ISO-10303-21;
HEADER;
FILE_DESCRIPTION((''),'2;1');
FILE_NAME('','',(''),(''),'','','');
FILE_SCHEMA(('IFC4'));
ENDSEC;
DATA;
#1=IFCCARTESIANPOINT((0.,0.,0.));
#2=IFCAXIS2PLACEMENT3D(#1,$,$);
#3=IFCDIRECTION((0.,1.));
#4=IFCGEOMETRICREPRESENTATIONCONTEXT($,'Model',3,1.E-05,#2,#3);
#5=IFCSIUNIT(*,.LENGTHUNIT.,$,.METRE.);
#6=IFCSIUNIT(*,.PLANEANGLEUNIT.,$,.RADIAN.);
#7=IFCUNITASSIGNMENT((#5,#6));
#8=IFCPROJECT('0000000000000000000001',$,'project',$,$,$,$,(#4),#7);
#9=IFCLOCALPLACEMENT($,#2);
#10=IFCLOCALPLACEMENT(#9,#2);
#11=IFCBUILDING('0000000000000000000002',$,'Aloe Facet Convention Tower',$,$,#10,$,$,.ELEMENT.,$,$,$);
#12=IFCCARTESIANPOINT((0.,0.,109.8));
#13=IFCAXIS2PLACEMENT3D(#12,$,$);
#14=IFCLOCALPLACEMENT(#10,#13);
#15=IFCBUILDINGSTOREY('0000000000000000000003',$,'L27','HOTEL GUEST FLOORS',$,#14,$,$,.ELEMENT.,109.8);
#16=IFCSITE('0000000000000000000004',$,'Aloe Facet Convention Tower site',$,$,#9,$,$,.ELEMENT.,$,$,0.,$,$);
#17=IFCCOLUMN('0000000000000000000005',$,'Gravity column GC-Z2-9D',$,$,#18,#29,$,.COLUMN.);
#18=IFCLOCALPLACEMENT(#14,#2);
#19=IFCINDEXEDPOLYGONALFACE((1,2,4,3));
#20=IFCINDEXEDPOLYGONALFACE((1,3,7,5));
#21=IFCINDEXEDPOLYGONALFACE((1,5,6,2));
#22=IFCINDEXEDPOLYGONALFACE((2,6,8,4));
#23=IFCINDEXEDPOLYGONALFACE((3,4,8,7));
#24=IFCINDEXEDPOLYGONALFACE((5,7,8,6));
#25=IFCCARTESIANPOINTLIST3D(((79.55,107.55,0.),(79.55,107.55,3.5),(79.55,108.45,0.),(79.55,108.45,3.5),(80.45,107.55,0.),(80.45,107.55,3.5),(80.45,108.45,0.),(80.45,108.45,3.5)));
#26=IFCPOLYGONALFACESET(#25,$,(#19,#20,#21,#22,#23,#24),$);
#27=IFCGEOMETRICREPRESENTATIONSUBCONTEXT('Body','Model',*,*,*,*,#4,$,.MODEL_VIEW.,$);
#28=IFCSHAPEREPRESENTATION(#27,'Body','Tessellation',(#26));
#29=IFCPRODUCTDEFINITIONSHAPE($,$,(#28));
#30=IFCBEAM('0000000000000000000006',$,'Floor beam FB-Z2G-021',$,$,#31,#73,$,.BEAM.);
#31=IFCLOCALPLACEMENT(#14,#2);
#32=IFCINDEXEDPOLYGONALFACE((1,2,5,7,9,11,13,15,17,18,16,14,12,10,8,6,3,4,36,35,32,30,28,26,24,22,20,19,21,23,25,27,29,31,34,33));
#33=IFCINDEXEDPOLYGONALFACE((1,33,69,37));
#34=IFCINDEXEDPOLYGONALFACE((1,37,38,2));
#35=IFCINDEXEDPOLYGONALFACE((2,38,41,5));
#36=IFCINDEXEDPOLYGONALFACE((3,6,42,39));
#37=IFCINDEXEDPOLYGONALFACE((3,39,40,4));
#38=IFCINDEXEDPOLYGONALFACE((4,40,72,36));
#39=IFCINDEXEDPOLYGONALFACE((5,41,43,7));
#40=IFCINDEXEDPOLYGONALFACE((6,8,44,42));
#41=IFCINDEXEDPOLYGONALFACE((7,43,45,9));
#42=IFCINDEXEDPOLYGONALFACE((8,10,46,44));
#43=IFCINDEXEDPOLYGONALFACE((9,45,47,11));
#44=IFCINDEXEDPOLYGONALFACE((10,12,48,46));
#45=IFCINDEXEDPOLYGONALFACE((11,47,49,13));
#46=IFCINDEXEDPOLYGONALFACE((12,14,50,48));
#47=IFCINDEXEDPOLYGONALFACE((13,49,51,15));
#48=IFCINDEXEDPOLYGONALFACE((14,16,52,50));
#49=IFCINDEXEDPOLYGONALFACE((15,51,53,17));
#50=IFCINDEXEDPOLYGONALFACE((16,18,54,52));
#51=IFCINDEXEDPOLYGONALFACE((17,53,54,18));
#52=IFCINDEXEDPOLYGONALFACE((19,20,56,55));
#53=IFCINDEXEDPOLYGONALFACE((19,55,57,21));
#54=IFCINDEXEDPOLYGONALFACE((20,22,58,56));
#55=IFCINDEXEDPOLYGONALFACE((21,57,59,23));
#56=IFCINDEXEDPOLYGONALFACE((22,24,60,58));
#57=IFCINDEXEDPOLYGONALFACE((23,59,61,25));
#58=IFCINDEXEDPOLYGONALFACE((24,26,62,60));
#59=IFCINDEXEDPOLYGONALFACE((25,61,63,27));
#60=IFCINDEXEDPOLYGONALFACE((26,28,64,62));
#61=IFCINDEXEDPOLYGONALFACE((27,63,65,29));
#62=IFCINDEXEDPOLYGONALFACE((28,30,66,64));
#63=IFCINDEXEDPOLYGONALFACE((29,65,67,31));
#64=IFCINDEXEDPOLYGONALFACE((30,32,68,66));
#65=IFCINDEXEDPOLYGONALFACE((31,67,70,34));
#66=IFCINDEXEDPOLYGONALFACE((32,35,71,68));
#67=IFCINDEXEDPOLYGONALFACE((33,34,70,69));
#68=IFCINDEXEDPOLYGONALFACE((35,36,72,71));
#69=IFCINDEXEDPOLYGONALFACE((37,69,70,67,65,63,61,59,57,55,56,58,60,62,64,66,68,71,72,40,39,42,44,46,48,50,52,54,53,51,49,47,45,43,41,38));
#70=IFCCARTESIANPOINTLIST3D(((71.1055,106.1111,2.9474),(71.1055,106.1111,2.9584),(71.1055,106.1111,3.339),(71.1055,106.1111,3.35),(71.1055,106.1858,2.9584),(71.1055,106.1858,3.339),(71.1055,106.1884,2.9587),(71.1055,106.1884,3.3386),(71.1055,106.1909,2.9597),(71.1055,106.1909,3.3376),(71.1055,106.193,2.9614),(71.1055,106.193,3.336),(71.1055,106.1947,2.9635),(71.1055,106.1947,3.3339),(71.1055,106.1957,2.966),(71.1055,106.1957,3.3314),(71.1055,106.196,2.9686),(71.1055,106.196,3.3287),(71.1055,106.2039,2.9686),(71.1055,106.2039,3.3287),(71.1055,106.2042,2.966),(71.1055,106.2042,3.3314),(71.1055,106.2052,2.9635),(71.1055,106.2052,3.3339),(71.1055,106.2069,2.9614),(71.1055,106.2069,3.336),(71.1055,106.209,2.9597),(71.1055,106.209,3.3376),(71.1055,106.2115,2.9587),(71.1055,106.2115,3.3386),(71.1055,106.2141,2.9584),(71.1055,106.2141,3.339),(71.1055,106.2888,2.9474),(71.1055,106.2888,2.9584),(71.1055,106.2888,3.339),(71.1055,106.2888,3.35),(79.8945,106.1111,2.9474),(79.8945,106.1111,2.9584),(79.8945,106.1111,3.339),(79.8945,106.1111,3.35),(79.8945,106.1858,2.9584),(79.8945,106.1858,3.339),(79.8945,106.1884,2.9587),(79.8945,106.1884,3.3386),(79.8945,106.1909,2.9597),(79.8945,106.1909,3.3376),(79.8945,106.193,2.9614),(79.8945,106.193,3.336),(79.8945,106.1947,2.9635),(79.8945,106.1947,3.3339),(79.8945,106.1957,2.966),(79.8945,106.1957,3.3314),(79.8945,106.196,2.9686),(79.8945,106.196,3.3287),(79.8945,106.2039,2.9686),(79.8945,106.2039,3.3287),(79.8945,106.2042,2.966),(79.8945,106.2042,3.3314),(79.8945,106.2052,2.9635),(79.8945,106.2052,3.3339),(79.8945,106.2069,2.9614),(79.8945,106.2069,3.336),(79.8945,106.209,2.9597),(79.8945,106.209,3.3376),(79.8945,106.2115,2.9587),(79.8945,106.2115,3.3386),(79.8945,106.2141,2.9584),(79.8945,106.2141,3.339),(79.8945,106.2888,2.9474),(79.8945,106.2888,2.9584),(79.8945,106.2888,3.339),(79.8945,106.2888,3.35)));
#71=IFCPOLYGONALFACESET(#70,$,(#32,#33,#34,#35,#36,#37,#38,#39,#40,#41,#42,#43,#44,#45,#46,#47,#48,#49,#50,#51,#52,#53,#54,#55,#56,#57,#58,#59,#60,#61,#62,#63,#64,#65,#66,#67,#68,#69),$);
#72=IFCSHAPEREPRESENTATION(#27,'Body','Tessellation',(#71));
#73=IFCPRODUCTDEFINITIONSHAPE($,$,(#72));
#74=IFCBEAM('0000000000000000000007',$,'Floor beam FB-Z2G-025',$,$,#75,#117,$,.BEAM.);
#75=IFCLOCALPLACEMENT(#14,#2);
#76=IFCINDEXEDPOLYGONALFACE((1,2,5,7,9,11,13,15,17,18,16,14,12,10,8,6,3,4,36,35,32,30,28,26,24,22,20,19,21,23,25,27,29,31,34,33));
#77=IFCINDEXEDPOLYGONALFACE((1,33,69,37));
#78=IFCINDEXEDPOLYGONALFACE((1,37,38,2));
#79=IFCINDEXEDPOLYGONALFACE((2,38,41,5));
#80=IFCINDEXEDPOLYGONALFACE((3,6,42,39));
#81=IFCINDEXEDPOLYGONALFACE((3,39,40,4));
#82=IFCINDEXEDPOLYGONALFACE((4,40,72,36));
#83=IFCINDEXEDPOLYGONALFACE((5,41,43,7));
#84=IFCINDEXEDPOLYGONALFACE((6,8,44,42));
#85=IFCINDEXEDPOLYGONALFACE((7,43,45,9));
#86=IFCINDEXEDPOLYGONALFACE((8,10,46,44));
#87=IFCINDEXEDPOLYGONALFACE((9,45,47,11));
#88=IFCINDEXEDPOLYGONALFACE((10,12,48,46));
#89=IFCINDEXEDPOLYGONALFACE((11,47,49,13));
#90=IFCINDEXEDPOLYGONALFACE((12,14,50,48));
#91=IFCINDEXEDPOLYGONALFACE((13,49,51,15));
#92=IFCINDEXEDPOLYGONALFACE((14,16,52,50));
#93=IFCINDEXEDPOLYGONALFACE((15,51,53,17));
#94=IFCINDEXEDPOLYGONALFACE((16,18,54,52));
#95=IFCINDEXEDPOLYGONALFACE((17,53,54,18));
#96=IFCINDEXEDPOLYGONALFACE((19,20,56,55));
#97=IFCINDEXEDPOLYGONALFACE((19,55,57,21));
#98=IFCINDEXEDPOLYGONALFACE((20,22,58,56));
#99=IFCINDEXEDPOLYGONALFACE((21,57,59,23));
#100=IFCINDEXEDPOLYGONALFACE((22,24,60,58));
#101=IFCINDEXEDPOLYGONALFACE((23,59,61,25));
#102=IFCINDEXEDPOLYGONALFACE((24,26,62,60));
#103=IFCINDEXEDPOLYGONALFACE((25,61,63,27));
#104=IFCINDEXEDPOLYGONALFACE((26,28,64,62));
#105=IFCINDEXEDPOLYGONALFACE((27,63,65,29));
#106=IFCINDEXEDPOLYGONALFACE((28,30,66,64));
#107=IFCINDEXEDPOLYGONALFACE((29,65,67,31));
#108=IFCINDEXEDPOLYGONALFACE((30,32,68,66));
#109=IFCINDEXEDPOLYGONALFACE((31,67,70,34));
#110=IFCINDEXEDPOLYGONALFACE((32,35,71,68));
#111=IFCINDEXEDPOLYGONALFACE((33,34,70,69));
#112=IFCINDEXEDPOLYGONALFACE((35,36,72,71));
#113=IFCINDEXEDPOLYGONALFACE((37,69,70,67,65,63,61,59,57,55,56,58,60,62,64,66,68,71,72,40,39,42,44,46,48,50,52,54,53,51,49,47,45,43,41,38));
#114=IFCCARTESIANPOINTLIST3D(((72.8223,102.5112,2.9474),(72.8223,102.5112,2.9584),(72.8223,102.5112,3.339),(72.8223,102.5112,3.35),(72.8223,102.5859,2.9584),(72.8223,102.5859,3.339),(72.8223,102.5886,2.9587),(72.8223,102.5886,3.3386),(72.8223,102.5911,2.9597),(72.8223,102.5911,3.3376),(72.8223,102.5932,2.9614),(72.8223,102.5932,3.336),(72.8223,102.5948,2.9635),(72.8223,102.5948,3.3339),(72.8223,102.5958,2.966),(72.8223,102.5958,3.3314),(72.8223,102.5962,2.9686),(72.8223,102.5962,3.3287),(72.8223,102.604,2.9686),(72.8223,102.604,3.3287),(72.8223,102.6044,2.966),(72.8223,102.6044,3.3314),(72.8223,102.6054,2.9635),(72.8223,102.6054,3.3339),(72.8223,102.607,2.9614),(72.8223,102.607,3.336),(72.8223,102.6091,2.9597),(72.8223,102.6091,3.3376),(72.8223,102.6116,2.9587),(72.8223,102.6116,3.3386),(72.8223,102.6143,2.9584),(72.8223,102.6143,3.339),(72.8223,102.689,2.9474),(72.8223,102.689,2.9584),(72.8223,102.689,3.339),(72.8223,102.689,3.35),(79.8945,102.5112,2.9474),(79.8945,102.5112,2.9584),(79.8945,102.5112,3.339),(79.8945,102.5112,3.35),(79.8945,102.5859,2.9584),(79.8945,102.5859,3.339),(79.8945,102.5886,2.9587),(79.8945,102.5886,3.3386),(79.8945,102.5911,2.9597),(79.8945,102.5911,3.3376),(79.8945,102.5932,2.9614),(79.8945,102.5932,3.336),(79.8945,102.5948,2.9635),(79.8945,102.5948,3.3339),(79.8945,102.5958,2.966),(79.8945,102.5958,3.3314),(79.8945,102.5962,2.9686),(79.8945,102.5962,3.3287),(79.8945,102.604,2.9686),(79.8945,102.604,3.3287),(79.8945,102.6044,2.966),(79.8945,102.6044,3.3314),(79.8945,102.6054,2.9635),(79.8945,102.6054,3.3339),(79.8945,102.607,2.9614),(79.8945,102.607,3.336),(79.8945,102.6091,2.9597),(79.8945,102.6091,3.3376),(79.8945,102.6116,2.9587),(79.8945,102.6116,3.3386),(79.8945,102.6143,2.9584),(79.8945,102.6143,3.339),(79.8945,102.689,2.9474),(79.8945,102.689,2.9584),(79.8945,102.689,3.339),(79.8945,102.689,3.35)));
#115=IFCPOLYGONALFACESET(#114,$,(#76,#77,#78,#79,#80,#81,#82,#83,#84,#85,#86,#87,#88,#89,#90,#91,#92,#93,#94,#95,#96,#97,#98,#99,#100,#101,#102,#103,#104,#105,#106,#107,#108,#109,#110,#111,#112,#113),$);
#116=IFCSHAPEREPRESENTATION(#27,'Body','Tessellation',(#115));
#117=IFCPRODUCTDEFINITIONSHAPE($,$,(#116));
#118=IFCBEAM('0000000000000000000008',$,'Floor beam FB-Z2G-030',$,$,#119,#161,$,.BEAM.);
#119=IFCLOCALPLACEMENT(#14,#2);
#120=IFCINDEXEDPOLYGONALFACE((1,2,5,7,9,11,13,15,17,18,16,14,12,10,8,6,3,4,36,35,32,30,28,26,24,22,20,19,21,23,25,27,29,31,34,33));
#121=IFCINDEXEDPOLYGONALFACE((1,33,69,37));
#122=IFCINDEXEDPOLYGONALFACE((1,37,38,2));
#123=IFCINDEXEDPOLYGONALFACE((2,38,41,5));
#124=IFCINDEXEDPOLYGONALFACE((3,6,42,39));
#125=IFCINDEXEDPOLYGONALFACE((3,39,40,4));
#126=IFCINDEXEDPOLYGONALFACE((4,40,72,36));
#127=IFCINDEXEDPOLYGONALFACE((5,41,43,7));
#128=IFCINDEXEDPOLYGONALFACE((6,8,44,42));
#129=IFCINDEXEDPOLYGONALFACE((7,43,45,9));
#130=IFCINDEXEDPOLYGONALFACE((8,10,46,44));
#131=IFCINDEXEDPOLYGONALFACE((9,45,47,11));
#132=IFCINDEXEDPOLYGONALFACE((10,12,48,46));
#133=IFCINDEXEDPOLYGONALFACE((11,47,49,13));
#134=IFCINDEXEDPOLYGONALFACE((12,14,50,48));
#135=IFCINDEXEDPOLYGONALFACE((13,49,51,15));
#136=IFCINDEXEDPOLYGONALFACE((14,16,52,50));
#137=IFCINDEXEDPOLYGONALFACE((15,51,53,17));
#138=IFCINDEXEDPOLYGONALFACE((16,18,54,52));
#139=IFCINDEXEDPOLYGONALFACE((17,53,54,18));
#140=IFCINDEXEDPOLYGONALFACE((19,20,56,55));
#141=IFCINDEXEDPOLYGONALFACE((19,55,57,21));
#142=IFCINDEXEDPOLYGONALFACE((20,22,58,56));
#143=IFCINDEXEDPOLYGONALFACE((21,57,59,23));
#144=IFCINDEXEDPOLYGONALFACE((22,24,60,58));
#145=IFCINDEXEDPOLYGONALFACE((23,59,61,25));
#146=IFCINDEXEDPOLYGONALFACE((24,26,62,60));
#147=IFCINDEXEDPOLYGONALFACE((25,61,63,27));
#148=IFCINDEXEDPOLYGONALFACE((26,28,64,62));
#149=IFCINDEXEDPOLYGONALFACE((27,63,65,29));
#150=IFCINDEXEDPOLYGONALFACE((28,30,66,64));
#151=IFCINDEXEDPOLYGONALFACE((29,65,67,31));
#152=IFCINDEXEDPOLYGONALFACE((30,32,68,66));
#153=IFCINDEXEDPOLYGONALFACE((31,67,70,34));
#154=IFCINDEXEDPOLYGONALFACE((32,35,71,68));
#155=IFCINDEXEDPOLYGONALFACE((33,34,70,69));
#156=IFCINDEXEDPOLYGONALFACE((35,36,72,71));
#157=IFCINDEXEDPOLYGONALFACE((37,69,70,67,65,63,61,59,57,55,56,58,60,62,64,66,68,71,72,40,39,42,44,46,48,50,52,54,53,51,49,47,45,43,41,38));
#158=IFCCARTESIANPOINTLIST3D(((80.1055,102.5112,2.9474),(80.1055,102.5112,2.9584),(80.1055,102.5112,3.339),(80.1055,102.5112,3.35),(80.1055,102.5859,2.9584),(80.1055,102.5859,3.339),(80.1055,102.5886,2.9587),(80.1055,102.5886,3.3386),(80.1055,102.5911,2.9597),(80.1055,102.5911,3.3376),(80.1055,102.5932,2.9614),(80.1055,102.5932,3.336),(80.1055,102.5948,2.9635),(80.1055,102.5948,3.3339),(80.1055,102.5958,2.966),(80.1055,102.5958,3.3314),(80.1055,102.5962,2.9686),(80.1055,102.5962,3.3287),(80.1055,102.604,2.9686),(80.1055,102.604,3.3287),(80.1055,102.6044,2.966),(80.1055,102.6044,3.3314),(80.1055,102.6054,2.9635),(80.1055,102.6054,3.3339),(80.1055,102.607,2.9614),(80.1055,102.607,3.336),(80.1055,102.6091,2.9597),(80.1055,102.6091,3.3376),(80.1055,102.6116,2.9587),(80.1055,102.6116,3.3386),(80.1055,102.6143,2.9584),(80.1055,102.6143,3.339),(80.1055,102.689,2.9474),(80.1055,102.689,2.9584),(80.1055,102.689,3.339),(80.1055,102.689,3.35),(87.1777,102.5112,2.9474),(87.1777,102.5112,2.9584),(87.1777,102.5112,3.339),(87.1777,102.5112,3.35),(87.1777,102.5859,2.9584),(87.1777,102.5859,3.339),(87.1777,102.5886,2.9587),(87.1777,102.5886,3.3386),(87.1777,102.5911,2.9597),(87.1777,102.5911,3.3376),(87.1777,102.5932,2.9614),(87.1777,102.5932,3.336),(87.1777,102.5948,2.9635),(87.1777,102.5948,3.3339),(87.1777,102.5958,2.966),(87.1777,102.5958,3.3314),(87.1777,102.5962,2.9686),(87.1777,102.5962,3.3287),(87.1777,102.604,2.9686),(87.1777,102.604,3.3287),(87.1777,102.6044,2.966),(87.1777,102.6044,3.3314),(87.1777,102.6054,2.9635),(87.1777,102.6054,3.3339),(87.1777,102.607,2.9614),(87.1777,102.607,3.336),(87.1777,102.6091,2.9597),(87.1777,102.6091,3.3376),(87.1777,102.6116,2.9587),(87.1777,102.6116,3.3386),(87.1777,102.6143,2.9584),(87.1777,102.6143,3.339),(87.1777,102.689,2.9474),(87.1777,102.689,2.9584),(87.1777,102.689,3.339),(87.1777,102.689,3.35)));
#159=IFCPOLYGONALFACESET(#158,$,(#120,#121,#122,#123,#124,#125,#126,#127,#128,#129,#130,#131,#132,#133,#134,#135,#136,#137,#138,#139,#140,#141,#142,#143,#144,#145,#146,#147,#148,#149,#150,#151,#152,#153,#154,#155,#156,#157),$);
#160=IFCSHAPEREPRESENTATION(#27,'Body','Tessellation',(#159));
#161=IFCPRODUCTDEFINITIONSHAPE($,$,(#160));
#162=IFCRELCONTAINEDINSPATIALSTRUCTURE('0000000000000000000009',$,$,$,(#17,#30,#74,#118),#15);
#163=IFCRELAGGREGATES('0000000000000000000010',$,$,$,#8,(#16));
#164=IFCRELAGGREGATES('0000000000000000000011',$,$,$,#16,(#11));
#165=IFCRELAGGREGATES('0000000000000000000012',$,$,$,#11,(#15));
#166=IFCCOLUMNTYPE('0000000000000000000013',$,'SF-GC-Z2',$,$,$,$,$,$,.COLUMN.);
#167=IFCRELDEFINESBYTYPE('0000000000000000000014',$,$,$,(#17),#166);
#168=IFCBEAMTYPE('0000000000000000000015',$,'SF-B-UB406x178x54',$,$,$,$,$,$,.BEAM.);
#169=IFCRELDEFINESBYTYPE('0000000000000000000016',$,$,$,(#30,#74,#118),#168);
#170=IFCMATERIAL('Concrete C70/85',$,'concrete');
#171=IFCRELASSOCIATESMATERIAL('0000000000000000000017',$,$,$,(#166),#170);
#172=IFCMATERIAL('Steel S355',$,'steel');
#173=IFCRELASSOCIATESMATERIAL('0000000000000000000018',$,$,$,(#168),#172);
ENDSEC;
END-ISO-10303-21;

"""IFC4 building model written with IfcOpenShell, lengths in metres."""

from ifc_helpers import new_model, si_unit, direction, frame, origin, origin_2d, place, context, subcontext, project, spatial, rectangle, i_section, extrude, material, material_profile, profile_set, type_object, element, save


model = new_model("IFC4")

# Units and contexts
model_context = context("Model", 3, precision=1e-05, world=origin(), true_north=direction((0.0, 1.0)))
body_context = subcontext(model_context, "Body", "Model", "MODEL_VIEW")
ifc_project = project(units=[si_unit("LENGTHUNIT", "METRE"), si_unit("PLANEANGLEUNIT", "RADIAN")], contexts=[model_context])

# Site, building, storey
site_placement = place(None, origin())
site = spatial("IfcSite", under=ifc_project, at=site_placement, Name="Aloe Facet Convention Tower site", CompositionType="ELEMENT", RefElevation=0.0)
building_placement = place(site_placement, origin())
building = spatial("IfcBuilding", under=site, at=building_placement, Name="Aloe Facet Convention Tower", CompositionType="ELEMENT")
storey_placement = place(building_placement, frame((0.0, 0.0, 109.8)))
storey = spatial("IfcBuildingStorey", under=building, at=storey_placement, Name="L27", Description="HOTEL GUEST FLOORS", CompositionType="ELEMENT", Elevation=109.8)

# Column
ifc_material_1 = material(Name="Concrete C70/85", Category="concrete")
ifc_material_profile_1 = material_profile(ifc_material_1, rectangle(XDim=0.8999, YDim=0.8999, at=origin_2d()), Name="SF-GC-Z2")
ifc_profile_set_1 = profile_set([ifc_material_profile_1], Name="Concrete C70/85")
column_type = type_object("IfcColumnType", Name="SF-GC-Z2", PredefinedType="COLUMN", material=ifc_profile_set_1)
column_placement = place(storey_placement, frame((80.0, 108.0, 0.0), z_axis=(0.0, 0.0, 1.0), x_axis=(1.0, 0.0, 0.0)))
element("IfcColumn", 1, at=column_placement, inside=storey, type_object=column_type, Name="Gravity column GC-Z2-9D", PredefinedType="COLUMN", context=body_context, shape_type="SweptSolid", body=[
    extrude(rectangle(XDim=0.8999, YDim=0.8999, at=origin_2d()), origin(), (0.0, 0.0, 1.0), 3.5),
])

# Beams
ifc_material_2 = material(Name="Steel S355", Category="steel")
ifc_material_profile_2 = material_profile(ifc_material_2, i_section(OverallWidth=0.1777, OverallDepth=0.4026, WebThickness=0.0078, FlangeThickness=0.011, FilletRadius=0.0103, at=origin_2d()), Name="UB 406x178x54")
ifc_profile_set_2 = profile_set([ifc_material_profile_2], Name="Steel S355")
beam_type_1 = type_object("IfcBeamType", Name="SF-B-UB406x178x54", PredefinedType="BEAM", material=ifc_profile_set_2)
beam_1_placement = place(storey_placement, frame((71.1055, 106.2, 3.1487), z_axis=(1.0, 0.0, 0.0), x_axis=(0.0, 1.0, 0.0)))
element("IfcBeam", 2, at=beam_1_placement, inside=storey, type_object=beam_type_1, Name="Floor beam FB-Z2G-021", PredefinedType="BEAM", context=body_context, shape_type="SweptSolid", body=[
    extrude(i_section(OverallWidth=0.1777, OverallDepth=0.4026, WebThickness=0.0078, FlangeThickness=0.011, FilletRadius=0.0103, at=origin_2d()), origin(), (0.0, 0.0, 1.0), 8.7891),
])
for number, where, z_axis, x_axis, name in (
    (3, (72.8223, 102.6001, 3.1487), (1.0, 0.0, 0.0), (0.0, 1.0, 0.0), "Floor beam FB-Z2G-025"),
    (4, (80.1055, 102.6001, 3.1487), (1.0, 0.0, 0.0), (0.0, 1.0, 0.0), "Floor beam FB-Z2G-030"),
):
    element("IfcBeam", number, at=place(storey_placement, frame(where, z_axis=z_axis, x_axis=x_axis)), inside=storey, type_object=beam_type_1, Name=name, PredefinedType="BEAM", context=body_context, shape_type="SweptSolid", body=[
        extrude(i_section(OverallWidth=0.1777, OverallDepth=0.4026, WebThickness=0.0078, FlangeThickness=0.011, FilletRadius=0.0103, at=origin_2d()), origin(), (0.0, 0.0, 1.0), 7.0723),
    ])

save(model, "model.ifc")
